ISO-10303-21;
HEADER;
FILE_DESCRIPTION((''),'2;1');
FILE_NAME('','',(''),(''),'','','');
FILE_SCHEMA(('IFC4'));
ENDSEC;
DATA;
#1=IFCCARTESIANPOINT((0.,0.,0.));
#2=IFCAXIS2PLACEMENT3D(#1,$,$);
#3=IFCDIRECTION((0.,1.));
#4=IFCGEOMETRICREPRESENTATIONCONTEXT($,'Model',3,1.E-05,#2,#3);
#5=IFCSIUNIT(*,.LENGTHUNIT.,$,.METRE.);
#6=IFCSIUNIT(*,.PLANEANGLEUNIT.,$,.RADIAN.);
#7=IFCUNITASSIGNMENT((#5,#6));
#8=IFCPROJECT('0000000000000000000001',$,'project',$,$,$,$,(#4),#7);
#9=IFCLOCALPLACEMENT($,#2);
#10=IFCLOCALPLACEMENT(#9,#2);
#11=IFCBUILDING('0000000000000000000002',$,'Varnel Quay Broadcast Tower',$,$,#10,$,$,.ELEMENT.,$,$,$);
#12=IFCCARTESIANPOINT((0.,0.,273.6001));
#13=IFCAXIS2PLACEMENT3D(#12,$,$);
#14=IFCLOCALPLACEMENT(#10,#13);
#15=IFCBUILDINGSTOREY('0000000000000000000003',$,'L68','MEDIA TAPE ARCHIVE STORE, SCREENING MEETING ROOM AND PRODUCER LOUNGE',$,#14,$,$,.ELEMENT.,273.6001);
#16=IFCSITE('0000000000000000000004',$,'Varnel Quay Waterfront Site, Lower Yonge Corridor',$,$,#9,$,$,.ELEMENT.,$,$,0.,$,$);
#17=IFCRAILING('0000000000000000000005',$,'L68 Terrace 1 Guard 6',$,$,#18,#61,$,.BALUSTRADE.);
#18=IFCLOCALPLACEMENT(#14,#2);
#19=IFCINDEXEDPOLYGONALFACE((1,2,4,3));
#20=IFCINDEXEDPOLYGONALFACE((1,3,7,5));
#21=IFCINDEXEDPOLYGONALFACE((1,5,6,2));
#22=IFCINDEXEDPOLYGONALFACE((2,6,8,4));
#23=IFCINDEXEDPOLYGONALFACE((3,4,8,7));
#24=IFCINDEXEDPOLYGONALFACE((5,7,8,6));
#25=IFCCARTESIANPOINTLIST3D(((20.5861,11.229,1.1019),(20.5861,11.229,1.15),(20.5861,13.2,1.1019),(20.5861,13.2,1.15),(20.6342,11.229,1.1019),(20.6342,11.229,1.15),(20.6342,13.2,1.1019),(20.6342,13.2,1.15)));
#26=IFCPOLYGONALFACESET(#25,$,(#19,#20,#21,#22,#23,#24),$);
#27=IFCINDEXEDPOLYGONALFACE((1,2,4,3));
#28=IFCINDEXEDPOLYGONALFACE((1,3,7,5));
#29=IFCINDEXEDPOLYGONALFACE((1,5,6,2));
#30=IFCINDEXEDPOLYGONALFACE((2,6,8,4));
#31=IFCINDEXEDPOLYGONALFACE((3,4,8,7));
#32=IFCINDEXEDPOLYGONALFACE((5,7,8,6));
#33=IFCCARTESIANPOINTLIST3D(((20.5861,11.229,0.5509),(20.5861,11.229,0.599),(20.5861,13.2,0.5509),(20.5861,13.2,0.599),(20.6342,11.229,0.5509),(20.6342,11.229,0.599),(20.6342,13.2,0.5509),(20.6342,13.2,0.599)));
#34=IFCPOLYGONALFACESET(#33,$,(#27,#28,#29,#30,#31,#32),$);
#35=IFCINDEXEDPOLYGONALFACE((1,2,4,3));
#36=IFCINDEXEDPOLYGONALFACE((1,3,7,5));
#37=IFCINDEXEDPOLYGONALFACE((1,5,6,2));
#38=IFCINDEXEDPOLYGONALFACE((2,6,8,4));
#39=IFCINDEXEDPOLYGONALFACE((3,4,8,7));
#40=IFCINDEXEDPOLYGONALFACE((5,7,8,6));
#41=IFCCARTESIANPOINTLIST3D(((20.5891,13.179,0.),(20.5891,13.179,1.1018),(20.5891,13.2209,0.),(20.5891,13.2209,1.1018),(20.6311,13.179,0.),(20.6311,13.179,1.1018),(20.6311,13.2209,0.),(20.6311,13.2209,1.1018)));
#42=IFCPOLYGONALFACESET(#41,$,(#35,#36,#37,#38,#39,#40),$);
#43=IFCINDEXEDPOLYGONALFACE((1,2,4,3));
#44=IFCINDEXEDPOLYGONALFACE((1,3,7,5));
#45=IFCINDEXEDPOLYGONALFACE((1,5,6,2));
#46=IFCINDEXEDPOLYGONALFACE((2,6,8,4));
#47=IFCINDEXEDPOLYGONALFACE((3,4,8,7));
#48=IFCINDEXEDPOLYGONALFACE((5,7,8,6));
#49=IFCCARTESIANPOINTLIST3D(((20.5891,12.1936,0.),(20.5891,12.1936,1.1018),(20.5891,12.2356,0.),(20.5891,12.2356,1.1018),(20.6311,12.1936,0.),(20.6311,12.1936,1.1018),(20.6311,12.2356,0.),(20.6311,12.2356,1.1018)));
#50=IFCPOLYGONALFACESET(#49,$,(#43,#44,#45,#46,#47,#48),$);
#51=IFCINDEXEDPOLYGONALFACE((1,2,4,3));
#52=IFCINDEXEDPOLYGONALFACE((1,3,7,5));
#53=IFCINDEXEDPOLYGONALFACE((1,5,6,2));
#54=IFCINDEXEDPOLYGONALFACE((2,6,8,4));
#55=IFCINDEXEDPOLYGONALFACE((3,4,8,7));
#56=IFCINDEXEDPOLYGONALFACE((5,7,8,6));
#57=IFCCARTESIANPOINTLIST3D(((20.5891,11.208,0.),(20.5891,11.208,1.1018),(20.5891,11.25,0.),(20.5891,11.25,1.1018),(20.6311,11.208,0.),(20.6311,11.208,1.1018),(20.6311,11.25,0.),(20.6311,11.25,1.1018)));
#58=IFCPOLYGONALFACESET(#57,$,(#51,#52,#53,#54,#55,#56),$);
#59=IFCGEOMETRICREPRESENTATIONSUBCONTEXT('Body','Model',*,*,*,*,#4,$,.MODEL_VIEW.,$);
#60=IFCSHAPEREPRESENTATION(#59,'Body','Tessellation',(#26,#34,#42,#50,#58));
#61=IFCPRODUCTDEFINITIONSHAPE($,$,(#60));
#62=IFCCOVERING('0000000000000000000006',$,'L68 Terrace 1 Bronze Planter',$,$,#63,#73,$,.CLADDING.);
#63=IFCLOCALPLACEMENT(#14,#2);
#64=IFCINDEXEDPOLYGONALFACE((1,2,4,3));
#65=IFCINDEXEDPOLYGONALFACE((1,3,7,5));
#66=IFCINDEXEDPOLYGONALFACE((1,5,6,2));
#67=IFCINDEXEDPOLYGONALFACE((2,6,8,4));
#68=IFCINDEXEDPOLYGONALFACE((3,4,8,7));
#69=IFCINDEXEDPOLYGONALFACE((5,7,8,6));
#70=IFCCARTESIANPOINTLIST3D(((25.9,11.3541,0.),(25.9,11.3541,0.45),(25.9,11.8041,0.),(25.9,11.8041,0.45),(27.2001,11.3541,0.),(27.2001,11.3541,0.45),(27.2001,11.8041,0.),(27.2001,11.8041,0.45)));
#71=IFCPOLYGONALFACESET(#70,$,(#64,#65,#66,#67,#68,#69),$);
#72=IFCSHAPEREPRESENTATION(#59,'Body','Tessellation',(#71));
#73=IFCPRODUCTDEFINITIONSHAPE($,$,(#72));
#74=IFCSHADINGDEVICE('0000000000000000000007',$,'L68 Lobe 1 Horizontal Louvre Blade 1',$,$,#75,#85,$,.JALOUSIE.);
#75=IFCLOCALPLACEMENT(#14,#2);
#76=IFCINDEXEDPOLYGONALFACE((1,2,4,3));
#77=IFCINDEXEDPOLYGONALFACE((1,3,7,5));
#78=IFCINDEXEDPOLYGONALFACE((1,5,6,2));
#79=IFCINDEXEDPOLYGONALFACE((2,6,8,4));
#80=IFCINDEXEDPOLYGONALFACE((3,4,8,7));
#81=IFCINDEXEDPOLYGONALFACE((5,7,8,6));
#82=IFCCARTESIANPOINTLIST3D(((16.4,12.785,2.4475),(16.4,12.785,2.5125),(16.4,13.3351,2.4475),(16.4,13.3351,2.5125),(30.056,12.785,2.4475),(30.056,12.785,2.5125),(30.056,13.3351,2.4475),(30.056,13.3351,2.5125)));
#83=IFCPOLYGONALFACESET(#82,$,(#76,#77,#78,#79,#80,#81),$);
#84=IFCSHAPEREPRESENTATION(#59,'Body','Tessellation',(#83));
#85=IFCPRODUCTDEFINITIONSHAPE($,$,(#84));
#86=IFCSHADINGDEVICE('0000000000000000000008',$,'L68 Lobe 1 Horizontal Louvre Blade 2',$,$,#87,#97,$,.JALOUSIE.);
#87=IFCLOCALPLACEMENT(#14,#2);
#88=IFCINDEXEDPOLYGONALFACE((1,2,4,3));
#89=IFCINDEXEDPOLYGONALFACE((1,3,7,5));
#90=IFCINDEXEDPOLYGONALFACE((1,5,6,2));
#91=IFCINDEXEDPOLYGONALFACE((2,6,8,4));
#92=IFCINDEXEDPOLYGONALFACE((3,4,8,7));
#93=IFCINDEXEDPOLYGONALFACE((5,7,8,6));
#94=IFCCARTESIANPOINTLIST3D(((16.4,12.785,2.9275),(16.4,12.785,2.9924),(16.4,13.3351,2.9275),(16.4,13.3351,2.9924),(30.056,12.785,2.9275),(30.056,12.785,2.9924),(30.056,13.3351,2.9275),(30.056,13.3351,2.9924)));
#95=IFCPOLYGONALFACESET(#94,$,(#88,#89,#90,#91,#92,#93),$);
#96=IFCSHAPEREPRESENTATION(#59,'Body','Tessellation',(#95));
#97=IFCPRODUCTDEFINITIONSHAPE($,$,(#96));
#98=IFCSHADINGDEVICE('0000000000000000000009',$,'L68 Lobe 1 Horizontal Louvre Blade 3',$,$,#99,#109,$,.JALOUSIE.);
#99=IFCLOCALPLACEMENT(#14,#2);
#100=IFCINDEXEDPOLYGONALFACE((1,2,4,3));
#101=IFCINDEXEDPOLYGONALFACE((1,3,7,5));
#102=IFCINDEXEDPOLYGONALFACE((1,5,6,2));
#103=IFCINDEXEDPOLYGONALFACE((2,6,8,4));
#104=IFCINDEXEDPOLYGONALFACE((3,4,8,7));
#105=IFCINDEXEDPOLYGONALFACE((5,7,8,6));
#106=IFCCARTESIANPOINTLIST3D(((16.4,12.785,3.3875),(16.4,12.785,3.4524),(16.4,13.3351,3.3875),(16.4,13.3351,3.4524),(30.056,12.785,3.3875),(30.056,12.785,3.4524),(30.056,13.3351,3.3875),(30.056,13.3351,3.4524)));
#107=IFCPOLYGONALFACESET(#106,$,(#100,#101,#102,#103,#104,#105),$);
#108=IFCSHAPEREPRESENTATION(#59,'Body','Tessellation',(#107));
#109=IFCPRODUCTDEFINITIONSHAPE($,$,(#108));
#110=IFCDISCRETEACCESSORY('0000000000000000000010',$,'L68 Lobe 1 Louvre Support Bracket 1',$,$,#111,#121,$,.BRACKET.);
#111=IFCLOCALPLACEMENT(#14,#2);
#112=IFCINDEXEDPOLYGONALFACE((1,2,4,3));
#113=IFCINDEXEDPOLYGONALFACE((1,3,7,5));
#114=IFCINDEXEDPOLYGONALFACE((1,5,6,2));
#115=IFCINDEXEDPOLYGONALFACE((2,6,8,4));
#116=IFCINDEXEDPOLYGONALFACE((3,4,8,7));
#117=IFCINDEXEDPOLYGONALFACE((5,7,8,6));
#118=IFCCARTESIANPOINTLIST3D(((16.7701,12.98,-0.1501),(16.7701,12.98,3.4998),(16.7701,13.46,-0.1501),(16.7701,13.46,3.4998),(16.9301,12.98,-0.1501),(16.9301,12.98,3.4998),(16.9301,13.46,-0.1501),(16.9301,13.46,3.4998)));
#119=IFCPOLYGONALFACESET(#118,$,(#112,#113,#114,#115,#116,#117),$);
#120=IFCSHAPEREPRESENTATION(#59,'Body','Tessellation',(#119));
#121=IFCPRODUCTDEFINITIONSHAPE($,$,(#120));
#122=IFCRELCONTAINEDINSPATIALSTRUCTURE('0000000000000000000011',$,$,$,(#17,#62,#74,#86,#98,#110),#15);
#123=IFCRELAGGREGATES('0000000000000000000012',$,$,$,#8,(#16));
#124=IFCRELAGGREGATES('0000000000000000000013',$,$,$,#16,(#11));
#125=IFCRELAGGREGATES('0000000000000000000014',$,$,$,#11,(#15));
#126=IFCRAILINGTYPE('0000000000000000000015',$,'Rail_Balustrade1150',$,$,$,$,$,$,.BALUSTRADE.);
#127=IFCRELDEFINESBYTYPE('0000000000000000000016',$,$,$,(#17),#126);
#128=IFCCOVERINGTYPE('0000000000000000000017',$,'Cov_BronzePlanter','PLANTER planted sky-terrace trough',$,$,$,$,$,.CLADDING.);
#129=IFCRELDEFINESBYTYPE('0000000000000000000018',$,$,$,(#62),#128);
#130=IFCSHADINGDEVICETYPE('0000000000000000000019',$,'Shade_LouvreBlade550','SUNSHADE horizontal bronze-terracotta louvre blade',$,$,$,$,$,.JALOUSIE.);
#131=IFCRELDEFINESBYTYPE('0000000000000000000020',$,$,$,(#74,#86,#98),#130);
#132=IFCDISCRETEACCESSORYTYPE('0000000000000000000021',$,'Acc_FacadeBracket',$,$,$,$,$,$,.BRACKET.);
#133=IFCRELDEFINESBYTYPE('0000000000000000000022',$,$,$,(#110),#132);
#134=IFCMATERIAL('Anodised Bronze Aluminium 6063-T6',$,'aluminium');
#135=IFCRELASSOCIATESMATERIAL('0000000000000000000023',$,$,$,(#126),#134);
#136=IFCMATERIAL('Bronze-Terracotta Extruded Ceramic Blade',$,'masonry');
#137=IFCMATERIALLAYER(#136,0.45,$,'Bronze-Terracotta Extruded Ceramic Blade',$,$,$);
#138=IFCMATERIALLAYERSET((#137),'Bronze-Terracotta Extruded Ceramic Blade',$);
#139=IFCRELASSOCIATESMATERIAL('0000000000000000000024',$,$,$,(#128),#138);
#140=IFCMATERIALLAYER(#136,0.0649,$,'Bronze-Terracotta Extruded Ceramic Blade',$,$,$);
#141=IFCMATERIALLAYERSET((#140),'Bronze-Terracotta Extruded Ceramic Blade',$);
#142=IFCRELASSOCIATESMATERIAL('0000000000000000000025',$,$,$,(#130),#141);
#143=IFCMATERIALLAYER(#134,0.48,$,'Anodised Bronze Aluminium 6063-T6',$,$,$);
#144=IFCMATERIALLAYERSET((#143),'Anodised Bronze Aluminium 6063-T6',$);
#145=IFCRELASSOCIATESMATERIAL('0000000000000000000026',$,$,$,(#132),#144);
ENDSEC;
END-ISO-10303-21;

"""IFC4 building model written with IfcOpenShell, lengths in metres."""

from ifc_helpers import new_model, si_unit, direction, frame, origin, origin_2d, place, context, subcontext, project, spatial, rectangle, extrude, source, transform, mapped, material, layer, layer_set, type_object, type_shapes, element, save


model = new_model("IFC4")

# Units and contexts
model_context = context("Model", 3, precision=1e-05, world=origin(), true_north=direction((0.0, 1.0)))
body_context = subcontext(model_context, "Body", "Model", "MODEL_VIEW")
ifc_project = project(units=[si_unit("LENGTHUNIT", "METRE"), si_unit("PLANEANGLEUNIT", "RADIAN")], contexts=[model_context])

# Site, building, storey
site_placement = place(None, origin())
site = spatial("IfcSite", under=ifc_project, at=site_placement, Name="Varnel Quay Waterfront Site, Lower Yonge Corridor", CompositionType="ELEMENT", RefElevation=0.0)
building_placement = place(site_placement, origin())
building = spatial("IfcBuilding", under=site, at=building_placement, Name="Varnel Quay Broadcast Tower", CompositionType="ELEMENT")
storey_placement = place(building_placement, frame((0.0, 0.0, 273.6001)))
storey = spatial("IfcBuildingStorey", under=building, at=storey_placement, Name="L68", Description="MEDIA TAPE ARCHIVE STORE, SCREENING MEETING ROOM AND PRODUCER LOUNGE", CompositionType="ELEMENT", Elevation=273.6001)

# Shared definitions
ifc_material_1 = material(Name="Anodised Bronze Aluminium 6063-T6", Category="aluminium")

# Railing
railing_type = type_object("IfcRailingType", Name="Rail_Balustrade1150", PredefinedType="BALUSTRADE", material=ifc_material_1)
railing_1_placement = place(storey_placement, frame((20.6101, 13.2, 0.0)))
element("IfcRailing", 1, at=railing_1_placement, inside=storey, type_object=railing_type, Name="L68 Terrace 1 Guard 6", PredefinedType="BALUSTRADE", context=body_context, shape_type="SweptSolid", body=[
    extrude(rectangle(XDim=0.0481, YDim=0.0481, at=origin_2d()), frame((0.0, 0.0, 1.126), z_axis=(0.0, -1.0, 0.0), x_axis=(1.0, 0.0, 0.0)), (0.0, 0.0, 1.0), 1.9709),
    extrude(rectangle(XDim=0.0481, YDim=0.0481, at=origin_2d()), frame((0.0, 0.0, 0.575), z_axis=(0.0, -1.0, 0.0), x_axis=(1.0, 0.0, 0.0)), (0.0, 0.0, 1.0), 1.9709),
    extrude(rectangle(XDim=0.042, YDim=0.042, at=origin_2d()), origin(), (0.0, 0.0, 1.0), 1.1018),
    extrude(rectangle(XDim=0.042, YDim=0.042, at=origin_2d()), frame((0.0, -0.9854, 0.0)), (0.0, 0.0, 1.0), 1.1018),
    extrude(rectangle(XDim=0.042, YDim=0.042, at=origin_2d()), frame((0.0, -1.9709, 0.0)), (0.0, 0.0, 1.0), 1.1018),
])

# Covering
ifc_material_2 = material(Name="Bronze-Terracotta Extruded Ceramic Blade", Category="masonry")
ifc_layer_1 = layer(ifc_material_2, 0.45, Name="Bronze-Terracotta Extruded Ceramic Blade")
ifc_layer_set_1 = layer_set([ifc_layer_1], Name="Bronze-Terracotta Extruded Ceramic Blade")
covering_type = type_object("IfcCoveringType", Name="Cov_BronzePlanter", Description="PLANTER planted sky-terrace trough", PredefinedType="CLADDING", material=ifc_layer_set_1)
shared_shape_1 = source(origin(), body_context, "Body", "SweptSolid", [
    extrude(rectangle(XDim=1.3, YDim=0.45, at=origin_2d()), origin(), (0.0, 0.0, 1.0), 0.45),
])
type_shapes(covering_type, [shared_shape_1])
covering_placement = place(storey_placement, frame((26.55, 11.5791, 0.0), z_axis=(0.0, 0.0, 1.0), x_axis=(1.0, 0.0, 0.0)))
element("IfcCovering", 2, at=covering_placement, inside=storey, type_object=covering_type, Name="L68 Terrace 1 Bronze Planter", PredefinedType="CLADDING", context=body_context, shape_type="MappedRepresentation", body=[
    mapped(shared_shape_1, transform((0.0, 0.0, 0.0), x_axis=(1.0, 0.0, 0.0), y_axis=(0.0, 1.0, 0.0), z_axis=(0.0, 0.0, 1.0), scale=1.0)),
])

# Shading devices
ifc_layer_2 = layer(ifc_material_2, 0.0649, Name="Bronze-Terracotta Extruded Ceramic Blade")
ifc_layer_set_2 = layer_set([ifc_layer_2], Name="Bronze-Terracotta Extruded Ceramic Blade")
shading_device_type = type_object("IfcShadingDeviceType", Name="Shade_LouvreBlade550", Description="SUNSHADE horizontal bronze-terracotta louvre blade", PredefinedType="JALOUSIE", material=ifc_layer_set_2)
shared_shape_2 = source(origin(), body_context, "Body", "SweptSolid", [
    extrude(rectangle(XDim=13.656, YDim=0.55, at=origin_2d()), origin(), (0.0, 0.0, 1.0), 0.0649),
])
type_shapes(shading_device_type, [shared_shape_2])
for number, where, z_axis, x_axis, name in (
    (3, (23.228, 13.0601, 2.4475), (0.0, 0.0, 1.0), (1.0, 0.0, 0.0), "L68 Lobe 1 Horizontal Louvre Blade 1"),
    (4, (23.228, 13.0601, 2.9275), (0.0, 0.0, 1.0), (1.0, 0.0, 0.0), "L68 Lobe 1 Horizontal Louvre Blade 2"),
    (5, (23.228, 13.0601, 3.3875), (0.0, 0.0, 1.0), (1.0, 0.0, 0.0), "L68 Lobe 1 Horizontal Louvre Blade 3"),
):
    element("IfcShadingDevice", number, at=place(storey_placement, frame(where, z_axis=z_axis, x_axis=x_axis)), inside=storey, type_object=shading_device_type, Name=name, PredefinedType="JALOUSIE", context=body_context, shape_type="MappedRepresentation", body=[
        mapped(shared_shape_2, transform((0.0, 0.0, 0.0), x_axis=(1.0, 0.0, 0.0), y_axis=(0.0, 1.0, 0.0), z_axis=(0.0, 0.0, 1.0), scale=1.0)),
    ])

# Discrete accessory
ifc_layer_3 = layer(ifc_material_1, 0.48, Name="Anodised Bronze Aluminium 6063-T6")
ifc_layer_set_3 = layer_set([ifc_layer_3], Name="Anodised Bronze Aluminium 6063-T6")
discrete_accessory_type = type_object("IfcDiscreteAccessoryType", Name="Acc_FacadeBracket", PredefinedType="BRACKET", material=ifc_layer_set_3)
shared_shape_3 = source(origin(), body_context, "Body", "SweptSolid", [
    extrude(rectangle(XDim=0.1599, YDim=0.48, at=origin_2d()), origin(), (0.0, 0.0, 1.0), 3.6499),
])
type_shapes(discrete_accessory_type, [shared_shape_3])
discrete_accessory_placement = place(storey_placement, frame((16.8501, 13.22, -0.1501), z_axis=(0.0, 0.0, 1.0), x_axis=(1.0, 0.0, 0.0)))
element("IfcDiscreteAccessory", 6, at=discrete_accessory_placement, inside=storey, type_object=discrete_accessory_type, Name="L68 Lobe 1 Louvre Support Bracket 1", PredefinedType="BRACKET", context=body_context, shape_type="MappedRepresentation", body=[
    mapped(shared_shape_3, transform((0.0, 0.0, 0.0), x_axis=(1.0, 0.0, 0.0), y_axis=(0.0, 1.0, 0.0), z_axis=(0.0, 0.0, 1.0), scale=1.0)),
])

save(model, "model.ifc")
